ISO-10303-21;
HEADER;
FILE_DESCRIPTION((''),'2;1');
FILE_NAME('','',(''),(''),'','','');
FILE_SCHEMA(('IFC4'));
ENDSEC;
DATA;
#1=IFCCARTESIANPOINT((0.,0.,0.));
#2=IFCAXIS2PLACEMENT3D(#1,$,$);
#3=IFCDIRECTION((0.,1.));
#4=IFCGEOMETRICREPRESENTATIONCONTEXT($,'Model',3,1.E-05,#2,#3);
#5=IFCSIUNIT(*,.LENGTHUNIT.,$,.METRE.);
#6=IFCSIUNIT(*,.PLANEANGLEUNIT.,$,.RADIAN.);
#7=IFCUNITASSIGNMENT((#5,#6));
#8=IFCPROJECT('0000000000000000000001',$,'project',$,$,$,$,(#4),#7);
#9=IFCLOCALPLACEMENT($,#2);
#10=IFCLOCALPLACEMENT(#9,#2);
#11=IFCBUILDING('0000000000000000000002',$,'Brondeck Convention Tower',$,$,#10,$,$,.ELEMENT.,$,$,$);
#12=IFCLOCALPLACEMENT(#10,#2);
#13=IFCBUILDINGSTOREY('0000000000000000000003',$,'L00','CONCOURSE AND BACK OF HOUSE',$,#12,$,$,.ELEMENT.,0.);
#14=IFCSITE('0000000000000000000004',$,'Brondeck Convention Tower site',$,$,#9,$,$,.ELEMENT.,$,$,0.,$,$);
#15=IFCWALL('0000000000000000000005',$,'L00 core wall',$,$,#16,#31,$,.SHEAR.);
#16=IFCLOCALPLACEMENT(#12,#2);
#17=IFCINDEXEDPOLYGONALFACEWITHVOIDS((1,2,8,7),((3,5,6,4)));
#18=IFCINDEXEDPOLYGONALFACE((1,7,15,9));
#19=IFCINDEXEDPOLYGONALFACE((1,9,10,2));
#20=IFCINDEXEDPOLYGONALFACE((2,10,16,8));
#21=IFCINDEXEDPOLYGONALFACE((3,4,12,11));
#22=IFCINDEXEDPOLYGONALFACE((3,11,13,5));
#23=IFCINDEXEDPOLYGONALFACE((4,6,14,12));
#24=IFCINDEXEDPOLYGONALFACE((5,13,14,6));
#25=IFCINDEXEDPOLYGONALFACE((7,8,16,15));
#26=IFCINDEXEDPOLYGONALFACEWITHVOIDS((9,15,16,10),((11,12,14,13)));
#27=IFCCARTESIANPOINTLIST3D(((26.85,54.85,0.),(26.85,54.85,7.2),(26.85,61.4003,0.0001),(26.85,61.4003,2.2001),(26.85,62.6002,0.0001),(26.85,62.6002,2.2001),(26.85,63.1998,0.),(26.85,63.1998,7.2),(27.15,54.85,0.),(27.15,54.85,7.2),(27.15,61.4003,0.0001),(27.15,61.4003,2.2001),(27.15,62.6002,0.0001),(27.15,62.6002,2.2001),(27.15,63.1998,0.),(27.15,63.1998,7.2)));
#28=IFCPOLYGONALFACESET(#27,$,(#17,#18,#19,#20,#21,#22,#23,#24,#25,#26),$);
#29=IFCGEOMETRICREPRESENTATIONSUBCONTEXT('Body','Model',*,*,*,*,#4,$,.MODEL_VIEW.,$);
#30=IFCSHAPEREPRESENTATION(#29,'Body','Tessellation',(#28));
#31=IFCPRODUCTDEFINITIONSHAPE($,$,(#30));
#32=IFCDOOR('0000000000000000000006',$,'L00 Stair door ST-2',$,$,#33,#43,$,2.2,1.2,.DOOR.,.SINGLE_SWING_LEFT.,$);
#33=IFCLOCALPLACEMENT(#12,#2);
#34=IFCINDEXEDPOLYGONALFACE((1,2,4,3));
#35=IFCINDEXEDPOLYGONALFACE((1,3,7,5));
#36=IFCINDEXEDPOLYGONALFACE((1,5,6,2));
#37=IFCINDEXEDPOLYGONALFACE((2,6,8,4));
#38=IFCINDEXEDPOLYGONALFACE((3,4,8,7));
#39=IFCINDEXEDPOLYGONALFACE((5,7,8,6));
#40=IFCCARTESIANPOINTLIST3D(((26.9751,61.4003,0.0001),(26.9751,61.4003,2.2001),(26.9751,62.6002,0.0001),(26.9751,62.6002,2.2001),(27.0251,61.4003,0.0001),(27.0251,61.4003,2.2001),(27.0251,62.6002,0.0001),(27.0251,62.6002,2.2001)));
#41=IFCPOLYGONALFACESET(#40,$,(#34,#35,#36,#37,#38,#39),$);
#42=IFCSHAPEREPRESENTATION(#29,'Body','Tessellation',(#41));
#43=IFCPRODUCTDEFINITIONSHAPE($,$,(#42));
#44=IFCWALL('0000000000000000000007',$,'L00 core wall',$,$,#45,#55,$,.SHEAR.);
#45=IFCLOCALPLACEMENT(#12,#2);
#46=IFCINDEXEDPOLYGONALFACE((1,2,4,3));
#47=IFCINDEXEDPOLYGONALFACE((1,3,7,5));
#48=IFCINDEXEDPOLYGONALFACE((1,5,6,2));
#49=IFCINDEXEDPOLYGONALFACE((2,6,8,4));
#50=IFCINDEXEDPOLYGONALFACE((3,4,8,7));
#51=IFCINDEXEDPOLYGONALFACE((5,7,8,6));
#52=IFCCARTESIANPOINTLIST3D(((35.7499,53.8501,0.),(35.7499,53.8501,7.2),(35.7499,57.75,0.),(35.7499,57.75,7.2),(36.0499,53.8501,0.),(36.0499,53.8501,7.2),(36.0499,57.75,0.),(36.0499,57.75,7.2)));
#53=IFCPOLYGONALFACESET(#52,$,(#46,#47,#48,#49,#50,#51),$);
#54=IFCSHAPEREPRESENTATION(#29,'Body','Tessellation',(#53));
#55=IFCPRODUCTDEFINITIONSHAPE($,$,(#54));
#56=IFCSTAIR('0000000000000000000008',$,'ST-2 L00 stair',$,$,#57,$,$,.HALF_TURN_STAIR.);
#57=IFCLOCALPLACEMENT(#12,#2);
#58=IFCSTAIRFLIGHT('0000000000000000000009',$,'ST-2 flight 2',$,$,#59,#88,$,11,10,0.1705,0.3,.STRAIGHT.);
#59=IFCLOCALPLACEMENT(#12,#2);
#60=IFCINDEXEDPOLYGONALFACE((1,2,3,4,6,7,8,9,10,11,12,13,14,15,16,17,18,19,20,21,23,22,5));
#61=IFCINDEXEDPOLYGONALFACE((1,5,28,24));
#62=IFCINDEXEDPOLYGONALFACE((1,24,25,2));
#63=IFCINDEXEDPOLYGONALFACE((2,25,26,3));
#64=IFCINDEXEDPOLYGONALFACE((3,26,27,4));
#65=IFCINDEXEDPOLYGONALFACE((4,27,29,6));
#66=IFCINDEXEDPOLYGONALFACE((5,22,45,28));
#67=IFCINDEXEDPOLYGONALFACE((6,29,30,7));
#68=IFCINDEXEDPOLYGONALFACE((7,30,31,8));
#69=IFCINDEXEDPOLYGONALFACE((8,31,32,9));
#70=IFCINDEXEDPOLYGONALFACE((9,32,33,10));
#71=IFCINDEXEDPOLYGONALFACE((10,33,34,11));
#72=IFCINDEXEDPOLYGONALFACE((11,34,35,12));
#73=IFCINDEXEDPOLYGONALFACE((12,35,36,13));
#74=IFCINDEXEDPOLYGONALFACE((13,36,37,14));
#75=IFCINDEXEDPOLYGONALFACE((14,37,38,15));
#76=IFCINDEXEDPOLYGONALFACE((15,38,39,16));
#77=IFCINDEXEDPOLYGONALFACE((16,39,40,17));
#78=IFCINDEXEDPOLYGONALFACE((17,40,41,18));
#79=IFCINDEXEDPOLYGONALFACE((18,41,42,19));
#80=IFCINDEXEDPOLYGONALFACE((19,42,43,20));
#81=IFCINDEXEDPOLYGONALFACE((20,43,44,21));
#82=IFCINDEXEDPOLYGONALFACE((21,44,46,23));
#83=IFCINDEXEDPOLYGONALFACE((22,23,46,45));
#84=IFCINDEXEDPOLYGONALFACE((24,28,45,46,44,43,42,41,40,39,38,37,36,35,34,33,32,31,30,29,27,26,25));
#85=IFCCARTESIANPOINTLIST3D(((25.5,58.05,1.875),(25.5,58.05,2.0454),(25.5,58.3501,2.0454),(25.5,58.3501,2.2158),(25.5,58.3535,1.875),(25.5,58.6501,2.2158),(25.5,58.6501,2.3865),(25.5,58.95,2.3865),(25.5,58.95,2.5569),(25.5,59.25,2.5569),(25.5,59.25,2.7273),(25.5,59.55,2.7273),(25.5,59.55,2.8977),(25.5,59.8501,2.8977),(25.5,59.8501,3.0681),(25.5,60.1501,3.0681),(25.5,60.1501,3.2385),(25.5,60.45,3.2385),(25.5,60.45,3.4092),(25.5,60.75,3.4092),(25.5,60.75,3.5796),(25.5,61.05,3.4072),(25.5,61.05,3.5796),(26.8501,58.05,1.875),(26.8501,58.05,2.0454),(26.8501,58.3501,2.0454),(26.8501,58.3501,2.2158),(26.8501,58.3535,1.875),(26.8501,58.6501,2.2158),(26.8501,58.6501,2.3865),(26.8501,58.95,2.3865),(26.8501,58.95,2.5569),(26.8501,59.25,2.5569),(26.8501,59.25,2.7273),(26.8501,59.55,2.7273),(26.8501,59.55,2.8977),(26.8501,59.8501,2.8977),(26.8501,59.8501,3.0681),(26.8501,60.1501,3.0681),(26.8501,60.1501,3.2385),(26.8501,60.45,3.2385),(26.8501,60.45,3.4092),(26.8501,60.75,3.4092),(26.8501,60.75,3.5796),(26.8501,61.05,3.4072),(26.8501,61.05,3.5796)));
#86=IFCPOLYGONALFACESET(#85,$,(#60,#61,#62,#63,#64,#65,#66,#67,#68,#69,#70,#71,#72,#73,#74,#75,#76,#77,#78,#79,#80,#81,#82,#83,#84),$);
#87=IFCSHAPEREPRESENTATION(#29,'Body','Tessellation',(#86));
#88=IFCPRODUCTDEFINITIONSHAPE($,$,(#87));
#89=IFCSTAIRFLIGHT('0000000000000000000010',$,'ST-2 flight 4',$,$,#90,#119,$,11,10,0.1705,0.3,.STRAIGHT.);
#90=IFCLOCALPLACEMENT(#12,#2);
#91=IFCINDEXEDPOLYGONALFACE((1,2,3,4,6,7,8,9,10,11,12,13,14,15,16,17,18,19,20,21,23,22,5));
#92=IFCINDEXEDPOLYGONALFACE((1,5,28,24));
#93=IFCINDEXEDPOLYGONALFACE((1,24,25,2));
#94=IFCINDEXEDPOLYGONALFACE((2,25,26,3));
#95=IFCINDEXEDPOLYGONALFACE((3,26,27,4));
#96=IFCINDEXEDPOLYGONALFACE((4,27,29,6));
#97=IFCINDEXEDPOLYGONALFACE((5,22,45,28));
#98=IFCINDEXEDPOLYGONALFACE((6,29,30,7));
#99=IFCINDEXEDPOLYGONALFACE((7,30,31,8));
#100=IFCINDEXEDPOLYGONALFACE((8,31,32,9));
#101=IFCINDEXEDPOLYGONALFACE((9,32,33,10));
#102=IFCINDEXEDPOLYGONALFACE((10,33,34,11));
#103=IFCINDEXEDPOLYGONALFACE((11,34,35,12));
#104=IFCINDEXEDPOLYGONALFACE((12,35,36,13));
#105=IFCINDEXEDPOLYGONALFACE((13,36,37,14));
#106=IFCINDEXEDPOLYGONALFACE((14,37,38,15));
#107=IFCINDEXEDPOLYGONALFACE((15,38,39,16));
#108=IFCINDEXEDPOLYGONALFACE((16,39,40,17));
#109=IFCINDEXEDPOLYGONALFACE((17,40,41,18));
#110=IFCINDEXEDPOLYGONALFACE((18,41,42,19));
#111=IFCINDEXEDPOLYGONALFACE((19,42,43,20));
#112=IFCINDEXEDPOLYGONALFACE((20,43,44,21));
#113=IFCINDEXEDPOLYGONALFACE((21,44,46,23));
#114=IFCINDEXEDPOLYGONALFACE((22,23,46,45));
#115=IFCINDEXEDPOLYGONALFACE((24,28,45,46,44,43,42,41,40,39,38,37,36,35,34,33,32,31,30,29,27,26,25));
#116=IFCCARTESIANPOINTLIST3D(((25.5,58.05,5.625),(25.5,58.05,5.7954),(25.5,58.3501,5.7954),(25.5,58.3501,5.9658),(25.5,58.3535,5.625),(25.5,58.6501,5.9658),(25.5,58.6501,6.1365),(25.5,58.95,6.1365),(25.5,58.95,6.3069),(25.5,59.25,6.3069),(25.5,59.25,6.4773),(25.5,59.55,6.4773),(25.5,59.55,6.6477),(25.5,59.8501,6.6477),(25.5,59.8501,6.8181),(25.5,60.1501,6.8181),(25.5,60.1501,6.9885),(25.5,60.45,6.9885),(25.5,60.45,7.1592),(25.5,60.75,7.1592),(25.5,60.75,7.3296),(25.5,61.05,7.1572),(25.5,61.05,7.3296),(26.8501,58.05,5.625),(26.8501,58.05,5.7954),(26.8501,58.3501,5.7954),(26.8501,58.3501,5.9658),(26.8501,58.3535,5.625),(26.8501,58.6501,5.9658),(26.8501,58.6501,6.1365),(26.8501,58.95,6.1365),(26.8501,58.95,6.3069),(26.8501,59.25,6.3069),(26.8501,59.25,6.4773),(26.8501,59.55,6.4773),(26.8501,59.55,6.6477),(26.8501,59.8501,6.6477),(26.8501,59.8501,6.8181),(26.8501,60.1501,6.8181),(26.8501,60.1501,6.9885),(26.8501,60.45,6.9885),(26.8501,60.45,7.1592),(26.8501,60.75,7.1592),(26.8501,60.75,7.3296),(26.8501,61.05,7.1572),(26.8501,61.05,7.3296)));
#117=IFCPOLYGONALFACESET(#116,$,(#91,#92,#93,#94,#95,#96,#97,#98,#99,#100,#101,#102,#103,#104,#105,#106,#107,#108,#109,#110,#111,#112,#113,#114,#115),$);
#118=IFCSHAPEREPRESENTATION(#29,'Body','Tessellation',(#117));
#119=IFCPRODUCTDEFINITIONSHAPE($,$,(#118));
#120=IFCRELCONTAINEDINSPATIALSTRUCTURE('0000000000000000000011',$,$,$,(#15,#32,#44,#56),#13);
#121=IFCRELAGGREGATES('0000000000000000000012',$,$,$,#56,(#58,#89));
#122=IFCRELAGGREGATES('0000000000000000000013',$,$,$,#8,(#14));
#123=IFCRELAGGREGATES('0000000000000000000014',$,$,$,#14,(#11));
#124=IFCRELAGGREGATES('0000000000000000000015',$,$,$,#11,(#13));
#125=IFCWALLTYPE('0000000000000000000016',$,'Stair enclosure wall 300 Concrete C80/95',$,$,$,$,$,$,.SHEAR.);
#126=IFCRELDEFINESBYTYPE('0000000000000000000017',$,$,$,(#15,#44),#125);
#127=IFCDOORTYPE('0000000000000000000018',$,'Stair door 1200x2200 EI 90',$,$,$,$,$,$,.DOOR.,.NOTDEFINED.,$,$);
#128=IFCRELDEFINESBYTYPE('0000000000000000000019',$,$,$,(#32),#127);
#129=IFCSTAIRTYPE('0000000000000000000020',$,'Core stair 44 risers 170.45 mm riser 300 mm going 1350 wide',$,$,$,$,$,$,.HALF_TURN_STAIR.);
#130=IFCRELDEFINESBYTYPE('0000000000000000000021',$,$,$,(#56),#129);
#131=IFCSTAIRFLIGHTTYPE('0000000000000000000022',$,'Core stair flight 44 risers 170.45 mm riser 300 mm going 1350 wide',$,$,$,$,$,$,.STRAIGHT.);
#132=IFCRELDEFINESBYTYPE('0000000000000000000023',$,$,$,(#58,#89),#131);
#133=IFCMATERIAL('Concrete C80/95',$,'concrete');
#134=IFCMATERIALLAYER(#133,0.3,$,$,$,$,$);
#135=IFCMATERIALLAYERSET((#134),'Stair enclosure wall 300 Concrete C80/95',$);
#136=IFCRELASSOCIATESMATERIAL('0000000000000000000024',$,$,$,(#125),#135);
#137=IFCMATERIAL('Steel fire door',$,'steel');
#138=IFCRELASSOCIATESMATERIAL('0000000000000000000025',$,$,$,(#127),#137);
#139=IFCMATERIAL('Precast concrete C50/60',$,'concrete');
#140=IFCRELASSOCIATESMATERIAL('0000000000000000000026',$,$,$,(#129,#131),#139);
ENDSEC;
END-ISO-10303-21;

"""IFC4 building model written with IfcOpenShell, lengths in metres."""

from ifc_helpers import new_model, si_unit, direction, frame, frame_2d, origin, place, context, subcontext, project, spatial, polyline, rectangle, outline, extrude, material, layer, layer_set, type_object, element, fill, aggregate, save


model = new_model("IFC4")

# Units and contexts
model_context = context("Model", 3, precision=1e-05, world=origin(), true_north=direction((0.0, 1.0)))
body_context = subcontext(model_context, "Body", "Model", "MODEL_VIEW")
ifc_project = project(units=[si_unit("LENGTHUNIT", "METRE"), si_unit("PLANEANGLEUNIT", "RADIAN")], contexts=[model_context])

# Site, building, storey
site_placement = place(None, origin())
site = spatial("IfcSite", under=ifc_project, at=site_placement, Name="Brondeck Convention Tower site", CompositionType="ELEMENT", RefElevation=0.0)
building_placement = place(site_placement, origin())
building = spatial("IfcBuilding", under=site, at=building_placement, Name="Brondeck Convention Tower", CompositionType="ELEMENT")
storey_placement = place(building_placement, origin())
storey = spatial("IfcBuildingStorey", under=building, at=storey_placement, Name="L00", Description="CONCOURSE AND BACK OF HOUSE", CompositionType="ELEMENT", Elevation=0.0)

# Shared definitions
ifc_material_1 = material(Name="Concrete C80/95", Category="concrete")

# Wall, opening, door
ifc_layer_1 = layer(ifc_material_1, 0.3)
ifc_layer_set_1 = layer_set([ifc_layer_1], Name="Stair enclosure wall 300 Concrete C80/95")
wall_type_1 = type_object("IfcWallType", Name="Stair enclosure wall 300 Concrete C80/95", PredefinedType="SHEAR", material=ifc_layer_set_1)
wall_1_placement = place(storey_placement, frame((27.0, 54.8501, 0.0), z_axis=(0.0, 0.0, 1.0), x_axis=(0.0, 1.0, 0.0)))
wall_1 = element("IfcWall", 1, at=wall_1_placement, inside=storey, type_object=wall_type_1, Name="L00 core wall", PredefinedType="SHEAR", context=body_context, shape_type="SweptSolid", body=[
    extrude(rectangle(XDim=8.3499, YDim=0.3, at=frame_2d((4.1748, 0.0))), origin(), (0.0, 0.0, 1.0), 7.2),
])
opening_1_placement = place(wall_1_placement, frame((6.55, 0.0, 0.0)))
opening_1 = element("IfcOpeningElement", 2, at=opening_1_placement, cuts=wall_1, PredefinedType="OPENING", context=body_context, shape_type="SweptSolid", body=[
    extrude(rectangle(XDim=1.2, YDim=2.2, at=frame_2d((0.6001, 1.1001))), frame((0.0, 0.1599, 0.0), z_axis=(0.0, -1.0, 0.0), x_axis=(1.0, 0.0, 0.0)), (0.0, 0.0, 1.0), 0.3201),
])
ifc_material_2 = material(Name="Steel fire door", Category="steel")
door_type_1 = type_object("IfcDoorType", Name="Stair door 1200x2200 EI 90", OperationType="NOTDEFINED", PredefinedType="DOOR", material=ifc_material_2)
door_1_placement = place(opening_1_placement, origin())
door_1 = element("IfcDoor", 3, at=door_1_placement, inside=storey, type_object=door_type_1, Name="L00 Stair door ST-2", OperationType="SINGLE_SWING_LEFT", OverallHeight=2.2, OverallWidth=1.2, PredefinedType="DOOR", context=body_context, shape_type="SweptSolid", body=[
    extrude(rectangle(XDim=1.2, YDim=2.2, at=frame_2d((0.6001, 1.1001))), frame((0.0, 0.0249, 0.0), z_axis=(0.0, -1.0, 0.0), x_axis=(1.0, 0.0, 0.0)), (0.0, 0.0, 1.0), 0.05),
])
fill(opening_1, door_1)

# Wall
wall_2_placement = place(storey_placement, frame((35.8999, 53.8501, 0.0), z_axis=(0.0, 0.0, 1.0), x_axis=(0.0, 1.0, 0.0)))
element("IfcWall", 4, at=wall_2_placement, inside=storey, type_object=wall_type_1, Name="L00 core wall", PredefinedType="SHEAR", context=body_context, shape_type="SweptSolid", body=[
    extrude(rectangle(XDim=3.8999, YDim=0.3, at=frame_2d((1.95, 0.0))), origin(), (0.0, 0.0, 1.0), 7.2),
])

# Stair, stair flights
ifc_material_3 = material(Name="Precast concrete C50/60", Category="concrete")
stair_type = type_object("IfcStairType", Name="Core stair 44 risers 170.45 mm riser 300 mm going 1350 wide", PredefinedType="HALF_TURN_STAIR", material=ifc_material_3)
stair_placement = place(storey_placement, origin())
stair = element("IfcStair", 5, at=stair_placement, inside=storey, type_object=stair_type, Name="ST-2 L00 stair", PredefinedType="HALF_TURN_STAIR")
stair_flight_type = type_object("IfcStairFlightType", Name="Core stair flight 44 risers 170.45 mm riser 300 mm going 1350 wide", PredefinedType="STRAIGHT", material=ifc_material_3)
stair_flight_1_placement = place(storey_placement, frame((26.175, 58.05, 1.875), z_axis=(0.0, 0.0, 1.0), x_axis=(0.0, 1.0, 0.0)))
stair_flight_1 = element("IfcStairFlight", 6, at=stair_flight_1_placement, type_object=stair_flight_type, Name="ST-2 flight 2", NumberOfRisers=11, NumberOfTreads=10, PredefinedType="STRAIGHT", RiserHeight=0.1705, TreadLength=0.3, context=body_context, shape_type="SweptSolid", body=[
    extrude(outline(polyline([(0.0, 0.0), (0.0, 0.1704), (0.3, 0.1704), (0.3, 0.3408), (0.6001, 0.3408), (0.6001, 0.5115), (0.8999, 0.5115), (0.8999, 0.6819), (1.2, 0.6819), (1.2, 0.8523), (1.5, 0.8523), (1.5, 1.0227), (1.8, 1.0227), (1.8, 1.1931), (2.1001, 1.1931), (2.1001, 1.3635), (2.3999, 1.3635), (2.3999, 1.5342), (2.7, 1.5342), (2.7, 1.7046), (3.0, 1.7046), (3.0, 1.875), (3.0, 1.5322), (0.3035, 0.0), (0.0, 0.0)])), frame((0.0, 0.675, 0.0), z_axis=(0.0, -1.0, 0.0), x_axis=(1.0, 0.0, 0.0)), (0.0, 0.0, 1.0), 1.3501),
])
stair_flight_2_placement = place(storey_placement, frame((26.175, 58.05, 5.625), z_axis=(0.0, 0.0, 1.0), x_axis=(0.0, 1.0, 0.0)))
stair_flight_2 = element("IfcStairFlight", 7, at=stair_flight_2_placement, type_object=stair_flight_type, Name="ST-2 flight 4", NumberOfRisers=11, NumberOfTreads=10, PredefinedType="STRAIGHT", RiserHeight=0.1705, TreadLength=0.3, context=body_context, shape_type="SweptSolid", body=[
    extrude(outline(polyline([(0.0, 0.0), (0.0, 0.1704), (0.3, 0.1704), (0.3, 0.3408), (0.6001, 0.3408), (0.6001, 0.5115), (0.8999, 0.5115), (0.8999, 0.6819), (1.2, 0.6819), (1.2, 0.8523), (1.5, 0.8523), (1.5, 1.0227), (1.8, 1.0227), (1.8, 1.1931), (2.1001, 1.1931), (2.1001, 1.3635), (2.3999, 1.3635), (2.3999, 1.5342), (2.7, 1.5342), (2.7, 1.7046), (3.0, 1.7046), (3.0, 1.875), (3.0, 1.5322), (0.3035, 0.0), (0.0, 0.0)])), frame((0.0, 0.675, 0.0), z_axis=(0.0, -1.0, 0.0), x_axis=(1.0, 0.0, 0.0)), (0.0, 0.0, 1.0), 1.3501),
])
aggregate(stair, [stair_flight_1, stair_flight_2])

save(model, "model.ifc")
